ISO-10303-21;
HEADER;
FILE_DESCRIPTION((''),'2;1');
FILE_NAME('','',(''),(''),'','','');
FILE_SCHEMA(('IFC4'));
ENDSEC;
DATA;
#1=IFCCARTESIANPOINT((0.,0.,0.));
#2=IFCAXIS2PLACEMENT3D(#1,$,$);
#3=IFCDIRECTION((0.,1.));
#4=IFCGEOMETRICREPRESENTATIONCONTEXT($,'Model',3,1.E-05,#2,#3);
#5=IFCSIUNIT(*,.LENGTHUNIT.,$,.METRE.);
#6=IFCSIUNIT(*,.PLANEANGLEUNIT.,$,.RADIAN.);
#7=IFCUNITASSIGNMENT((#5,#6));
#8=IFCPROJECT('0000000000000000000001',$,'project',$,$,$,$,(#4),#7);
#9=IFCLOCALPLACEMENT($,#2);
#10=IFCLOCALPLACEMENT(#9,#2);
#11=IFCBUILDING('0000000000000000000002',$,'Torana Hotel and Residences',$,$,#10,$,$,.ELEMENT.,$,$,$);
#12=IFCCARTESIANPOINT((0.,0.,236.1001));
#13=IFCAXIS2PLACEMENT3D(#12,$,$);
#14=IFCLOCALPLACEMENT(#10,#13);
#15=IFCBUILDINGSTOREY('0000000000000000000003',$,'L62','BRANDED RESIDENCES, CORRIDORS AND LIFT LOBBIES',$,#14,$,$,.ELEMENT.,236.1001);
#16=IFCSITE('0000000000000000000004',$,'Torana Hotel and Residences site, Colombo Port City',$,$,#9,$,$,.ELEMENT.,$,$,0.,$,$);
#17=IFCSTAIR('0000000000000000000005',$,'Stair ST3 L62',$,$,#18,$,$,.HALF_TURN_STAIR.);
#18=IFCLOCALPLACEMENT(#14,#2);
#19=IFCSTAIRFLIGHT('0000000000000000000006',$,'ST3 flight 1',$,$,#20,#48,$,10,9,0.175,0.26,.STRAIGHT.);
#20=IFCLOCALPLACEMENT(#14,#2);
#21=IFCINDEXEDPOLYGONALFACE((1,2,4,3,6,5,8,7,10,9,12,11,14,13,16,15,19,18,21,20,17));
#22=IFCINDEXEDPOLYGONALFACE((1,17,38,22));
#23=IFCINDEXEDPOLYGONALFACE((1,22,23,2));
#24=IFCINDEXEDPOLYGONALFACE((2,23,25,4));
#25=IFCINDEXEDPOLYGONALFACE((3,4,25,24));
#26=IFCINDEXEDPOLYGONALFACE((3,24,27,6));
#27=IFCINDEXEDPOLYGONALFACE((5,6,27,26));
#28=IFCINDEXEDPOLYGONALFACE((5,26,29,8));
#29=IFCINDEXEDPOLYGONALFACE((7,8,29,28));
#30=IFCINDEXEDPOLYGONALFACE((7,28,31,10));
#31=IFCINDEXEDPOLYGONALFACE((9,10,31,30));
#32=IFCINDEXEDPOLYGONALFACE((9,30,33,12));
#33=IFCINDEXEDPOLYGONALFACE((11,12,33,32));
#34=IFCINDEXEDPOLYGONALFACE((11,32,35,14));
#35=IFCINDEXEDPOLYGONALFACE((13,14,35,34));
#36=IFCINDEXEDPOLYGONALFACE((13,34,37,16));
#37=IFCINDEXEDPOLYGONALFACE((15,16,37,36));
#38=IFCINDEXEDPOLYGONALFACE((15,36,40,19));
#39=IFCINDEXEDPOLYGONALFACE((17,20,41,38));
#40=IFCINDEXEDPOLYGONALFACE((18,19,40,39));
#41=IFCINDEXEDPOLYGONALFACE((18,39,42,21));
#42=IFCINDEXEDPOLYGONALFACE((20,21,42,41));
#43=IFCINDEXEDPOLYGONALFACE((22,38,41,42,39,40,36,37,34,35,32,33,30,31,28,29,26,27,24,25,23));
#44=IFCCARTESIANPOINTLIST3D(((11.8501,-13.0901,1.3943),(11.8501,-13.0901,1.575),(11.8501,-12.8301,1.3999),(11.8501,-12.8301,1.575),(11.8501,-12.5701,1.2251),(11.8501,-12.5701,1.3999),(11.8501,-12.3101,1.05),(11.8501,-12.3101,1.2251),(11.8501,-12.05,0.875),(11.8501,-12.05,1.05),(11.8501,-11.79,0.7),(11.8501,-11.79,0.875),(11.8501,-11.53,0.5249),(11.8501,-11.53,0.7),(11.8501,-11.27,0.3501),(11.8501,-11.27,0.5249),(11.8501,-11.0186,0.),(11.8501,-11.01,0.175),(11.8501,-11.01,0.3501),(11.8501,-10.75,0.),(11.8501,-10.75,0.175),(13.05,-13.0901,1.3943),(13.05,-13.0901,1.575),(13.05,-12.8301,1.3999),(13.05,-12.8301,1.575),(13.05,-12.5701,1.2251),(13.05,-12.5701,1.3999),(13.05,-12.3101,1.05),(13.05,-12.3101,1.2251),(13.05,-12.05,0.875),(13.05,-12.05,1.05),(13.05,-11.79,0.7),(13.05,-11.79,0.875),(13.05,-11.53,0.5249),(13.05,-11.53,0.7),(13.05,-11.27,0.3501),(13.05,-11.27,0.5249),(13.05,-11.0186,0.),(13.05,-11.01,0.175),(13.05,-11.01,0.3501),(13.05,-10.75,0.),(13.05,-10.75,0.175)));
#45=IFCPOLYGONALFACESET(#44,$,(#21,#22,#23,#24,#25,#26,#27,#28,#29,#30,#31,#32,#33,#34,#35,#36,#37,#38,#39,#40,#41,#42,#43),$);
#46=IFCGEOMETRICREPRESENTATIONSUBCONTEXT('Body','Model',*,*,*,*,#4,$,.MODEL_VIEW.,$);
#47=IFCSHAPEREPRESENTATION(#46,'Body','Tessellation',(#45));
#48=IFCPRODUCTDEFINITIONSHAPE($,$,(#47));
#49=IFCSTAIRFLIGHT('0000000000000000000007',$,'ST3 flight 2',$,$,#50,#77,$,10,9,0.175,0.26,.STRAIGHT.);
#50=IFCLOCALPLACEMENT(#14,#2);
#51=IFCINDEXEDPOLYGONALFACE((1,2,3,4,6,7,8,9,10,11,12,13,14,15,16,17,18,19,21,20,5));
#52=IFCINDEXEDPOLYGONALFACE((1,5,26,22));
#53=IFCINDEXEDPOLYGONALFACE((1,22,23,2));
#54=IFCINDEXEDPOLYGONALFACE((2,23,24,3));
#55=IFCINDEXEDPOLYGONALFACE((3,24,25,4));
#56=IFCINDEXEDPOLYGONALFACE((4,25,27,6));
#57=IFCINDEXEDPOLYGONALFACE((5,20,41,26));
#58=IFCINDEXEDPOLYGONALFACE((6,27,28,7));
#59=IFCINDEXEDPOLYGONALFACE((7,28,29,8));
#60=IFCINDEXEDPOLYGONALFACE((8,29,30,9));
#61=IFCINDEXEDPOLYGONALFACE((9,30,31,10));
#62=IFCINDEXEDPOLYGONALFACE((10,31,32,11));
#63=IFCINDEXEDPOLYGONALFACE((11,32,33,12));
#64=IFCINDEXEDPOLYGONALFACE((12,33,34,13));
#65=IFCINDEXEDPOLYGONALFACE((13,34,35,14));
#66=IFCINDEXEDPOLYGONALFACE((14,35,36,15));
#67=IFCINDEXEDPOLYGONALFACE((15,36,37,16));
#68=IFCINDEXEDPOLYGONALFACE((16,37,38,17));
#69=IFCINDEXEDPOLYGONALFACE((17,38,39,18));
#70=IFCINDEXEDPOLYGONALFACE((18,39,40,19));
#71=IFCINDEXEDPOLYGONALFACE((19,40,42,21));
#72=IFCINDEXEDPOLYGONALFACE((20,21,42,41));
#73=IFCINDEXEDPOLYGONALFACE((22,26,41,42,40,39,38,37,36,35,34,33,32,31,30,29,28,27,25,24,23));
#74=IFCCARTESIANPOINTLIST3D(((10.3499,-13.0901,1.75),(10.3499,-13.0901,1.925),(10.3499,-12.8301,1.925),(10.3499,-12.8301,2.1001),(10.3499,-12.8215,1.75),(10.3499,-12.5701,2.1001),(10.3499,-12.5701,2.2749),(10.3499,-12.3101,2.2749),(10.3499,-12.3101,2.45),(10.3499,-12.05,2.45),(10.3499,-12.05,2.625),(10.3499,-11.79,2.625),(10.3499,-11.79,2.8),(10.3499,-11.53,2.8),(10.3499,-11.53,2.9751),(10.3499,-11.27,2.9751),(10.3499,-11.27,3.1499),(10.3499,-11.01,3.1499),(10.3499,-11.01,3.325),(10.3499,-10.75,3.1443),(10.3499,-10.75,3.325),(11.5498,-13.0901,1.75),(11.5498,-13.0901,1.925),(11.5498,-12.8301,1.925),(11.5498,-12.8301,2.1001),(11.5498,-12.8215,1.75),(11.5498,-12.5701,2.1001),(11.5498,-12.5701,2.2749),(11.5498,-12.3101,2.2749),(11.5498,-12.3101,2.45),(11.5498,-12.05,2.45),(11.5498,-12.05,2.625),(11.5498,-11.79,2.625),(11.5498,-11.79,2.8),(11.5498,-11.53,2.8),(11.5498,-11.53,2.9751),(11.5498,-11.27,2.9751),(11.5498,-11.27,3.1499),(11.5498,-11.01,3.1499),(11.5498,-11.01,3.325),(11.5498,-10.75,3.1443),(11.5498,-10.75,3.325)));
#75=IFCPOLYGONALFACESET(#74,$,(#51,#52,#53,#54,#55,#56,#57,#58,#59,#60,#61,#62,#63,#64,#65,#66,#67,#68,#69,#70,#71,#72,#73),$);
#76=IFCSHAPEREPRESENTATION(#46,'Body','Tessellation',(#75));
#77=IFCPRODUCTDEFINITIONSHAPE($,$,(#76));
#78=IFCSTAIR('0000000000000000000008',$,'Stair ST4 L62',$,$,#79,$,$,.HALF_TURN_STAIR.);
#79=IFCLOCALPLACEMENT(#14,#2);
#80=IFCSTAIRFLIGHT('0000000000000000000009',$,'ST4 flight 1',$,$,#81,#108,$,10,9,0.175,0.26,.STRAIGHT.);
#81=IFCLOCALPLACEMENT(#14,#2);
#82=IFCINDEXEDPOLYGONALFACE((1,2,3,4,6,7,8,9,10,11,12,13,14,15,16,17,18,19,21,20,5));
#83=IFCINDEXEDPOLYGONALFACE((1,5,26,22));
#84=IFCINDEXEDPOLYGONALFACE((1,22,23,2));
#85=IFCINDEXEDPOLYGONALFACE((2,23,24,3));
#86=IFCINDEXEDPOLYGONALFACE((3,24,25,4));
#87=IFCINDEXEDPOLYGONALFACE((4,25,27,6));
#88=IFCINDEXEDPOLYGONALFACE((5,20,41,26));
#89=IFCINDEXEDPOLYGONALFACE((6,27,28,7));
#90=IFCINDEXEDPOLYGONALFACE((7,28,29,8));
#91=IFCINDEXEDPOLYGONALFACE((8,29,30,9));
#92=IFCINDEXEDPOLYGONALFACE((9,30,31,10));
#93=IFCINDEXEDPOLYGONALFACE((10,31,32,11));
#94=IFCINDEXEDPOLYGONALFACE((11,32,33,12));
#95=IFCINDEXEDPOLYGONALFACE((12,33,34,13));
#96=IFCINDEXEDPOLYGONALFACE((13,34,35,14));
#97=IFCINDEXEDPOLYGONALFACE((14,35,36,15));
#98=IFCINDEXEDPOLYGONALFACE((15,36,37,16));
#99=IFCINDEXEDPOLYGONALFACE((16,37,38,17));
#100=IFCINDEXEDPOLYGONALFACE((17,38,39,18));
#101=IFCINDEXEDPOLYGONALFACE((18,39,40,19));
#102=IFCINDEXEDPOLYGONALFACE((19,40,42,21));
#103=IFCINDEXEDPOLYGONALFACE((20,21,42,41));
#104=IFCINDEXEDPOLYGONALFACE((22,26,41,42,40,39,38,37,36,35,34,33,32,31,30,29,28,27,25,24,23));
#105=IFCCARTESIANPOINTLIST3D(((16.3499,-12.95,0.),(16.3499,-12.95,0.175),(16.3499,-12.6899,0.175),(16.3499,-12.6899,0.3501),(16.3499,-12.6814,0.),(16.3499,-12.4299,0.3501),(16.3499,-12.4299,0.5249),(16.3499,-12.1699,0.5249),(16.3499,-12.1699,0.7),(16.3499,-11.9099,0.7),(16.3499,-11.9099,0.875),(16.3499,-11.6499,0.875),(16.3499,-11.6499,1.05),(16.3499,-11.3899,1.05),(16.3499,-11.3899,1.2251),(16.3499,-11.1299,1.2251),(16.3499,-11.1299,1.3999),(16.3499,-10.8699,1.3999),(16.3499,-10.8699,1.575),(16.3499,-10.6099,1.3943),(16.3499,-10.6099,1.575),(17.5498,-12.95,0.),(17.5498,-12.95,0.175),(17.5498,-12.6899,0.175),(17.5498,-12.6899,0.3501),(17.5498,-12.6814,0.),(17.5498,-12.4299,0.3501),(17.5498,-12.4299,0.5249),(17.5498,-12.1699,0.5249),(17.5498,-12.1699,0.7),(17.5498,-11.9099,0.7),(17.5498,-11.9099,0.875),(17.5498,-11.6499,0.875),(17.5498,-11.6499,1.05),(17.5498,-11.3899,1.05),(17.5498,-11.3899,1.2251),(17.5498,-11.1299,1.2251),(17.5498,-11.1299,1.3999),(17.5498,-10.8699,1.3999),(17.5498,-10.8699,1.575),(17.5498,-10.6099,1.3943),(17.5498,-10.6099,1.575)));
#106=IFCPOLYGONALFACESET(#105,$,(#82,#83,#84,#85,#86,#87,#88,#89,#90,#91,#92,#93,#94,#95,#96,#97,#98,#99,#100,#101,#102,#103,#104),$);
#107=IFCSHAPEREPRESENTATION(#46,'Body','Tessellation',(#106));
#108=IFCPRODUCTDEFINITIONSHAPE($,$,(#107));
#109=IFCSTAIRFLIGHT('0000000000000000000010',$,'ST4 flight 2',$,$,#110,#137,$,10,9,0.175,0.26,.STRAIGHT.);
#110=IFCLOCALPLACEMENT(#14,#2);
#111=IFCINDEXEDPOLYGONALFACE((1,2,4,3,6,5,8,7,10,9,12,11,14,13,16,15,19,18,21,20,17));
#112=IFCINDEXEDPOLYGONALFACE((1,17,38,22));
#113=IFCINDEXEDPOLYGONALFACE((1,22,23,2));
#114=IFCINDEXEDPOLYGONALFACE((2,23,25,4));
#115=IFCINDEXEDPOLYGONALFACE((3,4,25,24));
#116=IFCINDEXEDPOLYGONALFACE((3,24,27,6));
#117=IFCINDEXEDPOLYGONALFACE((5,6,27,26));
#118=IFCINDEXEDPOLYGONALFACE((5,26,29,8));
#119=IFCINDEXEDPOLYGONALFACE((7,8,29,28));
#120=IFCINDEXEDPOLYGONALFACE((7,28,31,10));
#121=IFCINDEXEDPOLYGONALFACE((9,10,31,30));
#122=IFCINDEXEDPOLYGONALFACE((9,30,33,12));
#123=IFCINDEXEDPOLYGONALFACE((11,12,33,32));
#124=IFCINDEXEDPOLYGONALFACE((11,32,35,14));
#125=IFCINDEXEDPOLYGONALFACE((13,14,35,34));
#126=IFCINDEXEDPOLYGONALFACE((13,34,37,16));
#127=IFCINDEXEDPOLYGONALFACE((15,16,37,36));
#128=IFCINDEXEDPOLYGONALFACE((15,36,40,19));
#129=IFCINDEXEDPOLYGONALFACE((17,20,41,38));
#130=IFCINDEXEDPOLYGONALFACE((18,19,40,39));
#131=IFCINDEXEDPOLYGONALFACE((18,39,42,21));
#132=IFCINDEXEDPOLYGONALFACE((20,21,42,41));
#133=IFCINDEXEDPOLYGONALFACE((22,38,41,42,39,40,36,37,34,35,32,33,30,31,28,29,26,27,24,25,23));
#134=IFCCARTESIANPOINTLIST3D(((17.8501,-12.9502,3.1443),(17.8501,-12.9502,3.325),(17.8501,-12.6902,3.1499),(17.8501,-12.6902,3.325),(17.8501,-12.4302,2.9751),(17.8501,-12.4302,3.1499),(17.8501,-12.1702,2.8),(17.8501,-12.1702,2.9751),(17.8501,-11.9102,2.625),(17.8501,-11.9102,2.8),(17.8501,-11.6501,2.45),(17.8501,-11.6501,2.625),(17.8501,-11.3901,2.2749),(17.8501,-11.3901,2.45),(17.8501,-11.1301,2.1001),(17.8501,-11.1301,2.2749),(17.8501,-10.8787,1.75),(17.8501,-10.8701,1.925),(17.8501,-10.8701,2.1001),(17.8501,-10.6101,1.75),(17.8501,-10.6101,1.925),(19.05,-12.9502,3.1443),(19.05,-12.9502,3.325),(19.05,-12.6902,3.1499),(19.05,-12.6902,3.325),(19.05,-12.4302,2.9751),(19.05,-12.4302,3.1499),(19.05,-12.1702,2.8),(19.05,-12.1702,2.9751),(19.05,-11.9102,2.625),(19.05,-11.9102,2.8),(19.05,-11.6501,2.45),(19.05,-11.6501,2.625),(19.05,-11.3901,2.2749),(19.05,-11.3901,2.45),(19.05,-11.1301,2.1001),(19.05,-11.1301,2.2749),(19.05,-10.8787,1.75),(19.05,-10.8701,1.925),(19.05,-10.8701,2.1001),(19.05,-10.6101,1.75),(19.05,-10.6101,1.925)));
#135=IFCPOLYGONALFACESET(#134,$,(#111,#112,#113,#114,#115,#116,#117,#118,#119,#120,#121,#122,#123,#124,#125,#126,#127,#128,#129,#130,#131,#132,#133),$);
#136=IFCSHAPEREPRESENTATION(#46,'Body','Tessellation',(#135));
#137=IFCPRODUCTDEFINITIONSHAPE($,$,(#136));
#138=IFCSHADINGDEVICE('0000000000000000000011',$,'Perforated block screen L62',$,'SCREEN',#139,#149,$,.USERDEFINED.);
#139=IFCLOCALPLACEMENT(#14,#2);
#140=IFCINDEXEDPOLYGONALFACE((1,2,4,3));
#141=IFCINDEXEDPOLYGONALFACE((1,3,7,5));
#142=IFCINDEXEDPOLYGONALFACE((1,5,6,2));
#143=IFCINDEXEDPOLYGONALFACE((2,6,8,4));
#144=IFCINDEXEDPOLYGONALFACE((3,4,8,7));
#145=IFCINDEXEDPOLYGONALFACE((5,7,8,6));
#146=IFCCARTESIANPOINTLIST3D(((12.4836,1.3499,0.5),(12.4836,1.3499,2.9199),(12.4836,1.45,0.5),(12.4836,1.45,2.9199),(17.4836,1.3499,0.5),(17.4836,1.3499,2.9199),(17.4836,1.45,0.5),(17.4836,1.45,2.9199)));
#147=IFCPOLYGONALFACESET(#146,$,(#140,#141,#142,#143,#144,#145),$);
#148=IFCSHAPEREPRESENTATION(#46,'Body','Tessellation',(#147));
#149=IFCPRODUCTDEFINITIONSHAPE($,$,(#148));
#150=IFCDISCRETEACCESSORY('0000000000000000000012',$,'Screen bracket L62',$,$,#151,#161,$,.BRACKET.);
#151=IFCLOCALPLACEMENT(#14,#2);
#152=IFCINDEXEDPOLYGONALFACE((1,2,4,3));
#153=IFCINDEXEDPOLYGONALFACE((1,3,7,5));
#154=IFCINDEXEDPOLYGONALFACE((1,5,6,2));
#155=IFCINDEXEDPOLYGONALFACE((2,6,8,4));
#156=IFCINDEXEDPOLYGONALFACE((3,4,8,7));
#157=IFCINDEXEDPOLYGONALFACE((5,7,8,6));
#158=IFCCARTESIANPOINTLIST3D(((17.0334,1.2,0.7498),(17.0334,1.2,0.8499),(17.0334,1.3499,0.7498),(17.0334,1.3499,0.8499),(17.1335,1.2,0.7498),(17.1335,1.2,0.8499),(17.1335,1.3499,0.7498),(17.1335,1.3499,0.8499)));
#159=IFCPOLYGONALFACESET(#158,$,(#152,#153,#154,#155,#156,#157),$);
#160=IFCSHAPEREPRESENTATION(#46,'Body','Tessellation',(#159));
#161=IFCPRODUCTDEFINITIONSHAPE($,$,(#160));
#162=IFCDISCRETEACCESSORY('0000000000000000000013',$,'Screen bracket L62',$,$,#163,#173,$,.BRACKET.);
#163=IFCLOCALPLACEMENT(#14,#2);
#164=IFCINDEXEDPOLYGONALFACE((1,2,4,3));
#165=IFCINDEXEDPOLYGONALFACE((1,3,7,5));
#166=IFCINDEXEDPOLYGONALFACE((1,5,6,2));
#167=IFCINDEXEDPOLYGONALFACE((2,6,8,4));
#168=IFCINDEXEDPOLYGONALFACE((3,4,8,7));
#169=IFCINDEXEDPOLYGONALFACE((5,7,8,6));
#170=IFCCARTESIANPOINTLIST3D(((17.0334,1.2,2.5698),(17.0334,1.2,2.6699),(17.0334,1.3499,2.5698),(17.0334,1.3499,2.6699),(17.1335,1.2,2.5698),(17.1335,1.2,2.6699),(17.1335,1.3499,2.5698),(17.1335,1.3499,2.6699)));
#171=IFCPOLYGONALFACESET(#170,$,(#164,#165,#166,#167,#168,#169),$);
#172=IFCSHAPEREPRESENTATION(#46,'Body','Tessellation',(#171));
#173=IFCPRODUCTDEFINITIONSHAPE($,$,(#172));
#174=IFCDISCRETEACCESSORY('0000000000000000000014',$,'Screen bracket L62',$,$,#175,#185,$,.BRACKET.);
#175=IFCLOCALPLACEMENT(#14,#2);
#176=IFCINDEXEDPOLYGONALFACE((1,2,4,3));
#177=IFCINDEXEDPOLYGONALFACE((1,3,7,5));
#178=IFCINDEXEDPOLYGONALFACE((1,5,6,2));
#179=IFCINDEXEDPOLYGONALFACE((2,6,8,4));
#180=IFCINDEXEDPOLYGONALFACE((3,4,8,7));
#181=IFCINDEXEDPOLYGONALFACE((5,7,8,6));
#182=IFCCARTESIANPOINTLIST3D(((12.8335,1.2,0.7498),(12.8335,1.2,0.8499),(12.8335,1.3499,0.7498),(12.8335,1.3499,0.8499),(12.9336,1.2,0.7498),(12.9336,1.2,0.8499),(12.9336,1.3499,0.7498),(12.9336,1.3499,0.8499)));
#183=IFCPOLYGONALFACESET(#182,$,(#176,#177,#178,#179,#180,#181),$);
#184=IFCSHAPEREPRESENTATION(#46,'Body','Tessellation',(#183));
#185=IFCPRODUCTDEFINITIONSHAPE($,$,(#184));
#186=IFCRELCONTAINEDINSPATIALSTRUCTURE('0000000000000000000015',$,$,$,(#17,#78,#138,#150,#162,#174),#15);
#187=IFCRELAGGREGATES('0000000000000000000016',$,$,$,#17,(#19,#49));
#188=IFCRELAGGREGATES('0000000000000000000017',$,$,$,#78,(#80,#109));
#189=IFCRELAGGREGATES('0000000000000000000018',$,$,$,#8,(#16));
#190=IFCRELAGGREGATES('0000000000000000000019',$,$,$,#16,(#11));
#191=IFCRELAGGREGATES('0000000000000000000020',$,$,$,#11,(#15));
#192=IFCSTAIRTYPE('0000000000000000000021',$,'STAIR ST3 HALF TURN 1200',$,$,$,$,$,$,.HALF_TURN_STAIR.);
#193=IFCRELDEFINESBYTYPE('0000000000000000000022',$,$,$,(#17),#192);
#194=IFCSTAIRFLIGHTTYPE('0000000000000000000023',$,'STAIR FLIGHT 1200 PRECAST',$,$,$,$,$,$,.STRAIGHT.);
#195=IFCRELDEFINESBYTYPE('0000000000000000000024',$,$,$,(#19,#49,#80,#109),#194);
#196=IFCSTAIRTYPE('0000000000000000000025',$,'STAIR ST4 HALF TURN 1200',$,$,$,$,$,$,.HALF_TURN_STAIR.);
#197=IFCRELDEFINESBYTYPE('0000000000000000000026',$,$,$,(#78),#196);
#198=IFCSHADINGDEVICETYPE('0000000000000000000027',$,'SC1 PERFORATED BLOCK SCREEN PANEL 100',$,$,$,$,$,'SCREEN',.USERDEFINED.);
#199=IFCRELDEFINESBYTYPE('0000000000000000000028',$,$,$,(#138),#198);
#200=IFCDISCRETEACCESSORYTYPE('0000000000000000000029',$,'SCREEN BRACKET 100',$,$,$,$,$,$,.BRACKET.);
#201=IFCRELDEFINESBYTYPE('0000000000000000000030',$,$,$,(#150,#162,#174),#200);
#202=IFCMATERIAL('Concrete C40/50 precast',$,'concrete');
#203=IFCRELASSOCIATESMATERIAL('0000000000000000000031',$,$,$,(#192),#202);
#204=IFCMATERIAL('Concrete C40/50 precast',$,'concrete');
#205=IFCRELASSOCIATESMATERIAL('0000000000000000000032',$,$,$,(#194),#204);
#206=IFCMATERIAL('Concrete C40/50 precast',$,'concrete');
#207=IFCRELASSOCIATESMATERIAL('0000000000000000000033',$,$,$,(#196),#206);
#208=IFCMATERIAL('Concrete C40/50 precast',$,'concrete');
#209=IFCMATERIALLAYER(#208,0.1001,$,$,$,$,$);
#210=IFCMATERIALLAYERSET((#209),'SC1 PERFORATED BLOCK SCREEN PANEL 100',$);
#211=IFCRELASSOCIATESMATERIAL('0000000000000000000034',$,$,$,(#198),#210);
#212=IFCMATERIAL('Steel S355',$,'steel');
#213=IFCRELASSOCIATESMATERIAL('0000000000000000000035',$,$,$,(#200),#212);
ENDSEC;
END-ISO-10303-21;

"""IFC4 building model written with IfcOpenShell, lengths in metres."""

from ifc_helpers import new_model, si_unit, direction, frame, origin, origin_2d, place, context, subcontext, project, spatial, polyline, rectangle, outline, extrude, material, layer, layer_set, type_object, element, aggregate, save


model = new_model("IFC4")

# Units and contexts
model_context = context("Model", 3, precision=1e-05, world=origin(), true_north=direction((0.0, 1.0)))
body_context = subcontext(model_context, "Body", "Model", "MODEL_VIEW")
ifc_project = project(units=[si_unit("LENGTHUNIT", "METRE"), si_unit("PLANEANGLEUNIT", "RADIAN")], contexts=[model_context])

# Site, building, storey
site_placement = place(None, origin())
site = spatial("IfcSite", under=ifc_project, at=site_placement, Name="Torana Hotel and Residences site, Colombo Port City", CompositionType="ELEMENT", RefElevation=0.0)
building_placement = place(site_placement, origin())
building = spatial("IfcBuilding", under=site, at=building_placement, Name="Torana Hotel and Residences", CompositionType="ELEMENT")
storey_placement = place(building_placement, frame((0.0, 0.0, 236.1001)))
storey = spatial("IfcBuildingStorey", under=building, at=storey_placement, Name="L62", Description="BRANDED RESIDENCES, CORRIDORS AND LIFT LOBBIES", CompositionType="ELEMENT", Elevation=236.1001)

# Stairs, stair flights
ifc_material_1 = material(Name="Concrete C40/50 precast", Category="concrete")
stair_type_1 = type_object("IfcStairType", Name="STAIR ST3 HALF TURN 1200", PredefinedType="HALF_TURN_STAIR", material=ifc_material_1)
stair_1_placement = place(storey_placement, origin())
stair_1 = element("IfcStair", 1, at=stair_1_placement, inside=storey, type_object=stair_type_1, Name="Stair ST3 L62", PredefinedType="HALF_TURN_STAIR")
ifc_material_2 = material(Name="Concrete C40/50 precast", Category="concrete")
stair_flight_type = type_object("IfcStairFlightType", Name="STAIR FLIGHT 1200 PRECAST", PredefinedType="STRAIGHT", material=ifc_material_2)
stair_flight_1_placement = place(storey_placement, frame((12.45, -10.75, 0.0), z_axis=(0.0, 0.0, 1.0), x_axis=(0.0, -1.0, 0.0)))
stair_flight_1 = element("IfcStairFlight", 2, at=stair_flight_1_placement, type_object=stair_flight_type, Name="ST3 flight 1", NumberOfRisers=10, NumberOfTreads=9, PredefinedType="STRAIGHT", RiserHeight=0.175, TreadLength=0.26, context=body_context, shape_type="SweptSolid", body=[
    extrude(outline(polyline([(0.0, 0.0), (0.0, 0.175), (0.26, 0.175), (0.26, 0.3501), (0.52, 0.3501), (0.52, 0.5249), (0.78, 0.5249), (0.78, 0.7), (1.04, 0.7), (1.04, 0.875), (1.3, 0.875), (1.3, 1.05), (1.5601, 1.05), (1.5601, 1.2251), (1.8201, 1.2251), (1.8201, 1.3999), (2.0801, 1.3999), (2.0801, 1.575), (2.3401, 1.575), (2.3401, 1.75), (2.3401, 1.3943), (0.2686, 0.0), (0.0, 0.0)])), frame((0.0, 0.6001, 0.0), z_axis=(0.0, -1.0, 0.0), x_axis=(1.0, 0.0, 0.0)), (0.0, 0.0, 1.0), 1.2),
])
stair_flight_2_placement = place(storey_placement, frame((10.95, -13.0901, 1.75), z_axis=(0.0, 0.0, 1.0), x_axis=(0.0, 1.0, 0.0)))
stair_flight_2 = element("IfcStairFlight", 3, at=stair_flight_2_placement, type_object=stair_flight_type, Name="ST3 flight 2", NumberOfRisers=10, NumberOfTreads=9, PredefinedType="STRAIGHT", RiserHeight=0.175, TreadLength=0.26, context=body_context, shape_type="SweptSolid", body=[
    extrude(outline(polyline([(0.0, 0.0), (0.0, 0.175), (0.26, 0.175), (0.26, 0.3501), (0.52, 0.3501), (0.52, 0.5249), (0.78, 0.5249), (0.78, 0.7), (1.04, 0.7), (1.04, 0.875), (1.3, 0.875), (1.3, 1.05), (1.5601, 1.05), (1.5601, 1.2251), (1.8201, 1.2251), (1.8201, 1.3999), (2.0801, 1.3999), (2.0801, 1.575), (2.3401, 1.575), (2.3401, 1.75), (2.3401, 1.3943), (0.2686, 0.0), (0.0, 0.0)])), frame((0.0, 0.6001, 0.0), z_axis=(0.0, -1.0, 0.0), x_axis=(1.0, 0.0, 0.0)), (0.0, 0.0, 1.0), 1.2),
])
aggregate(stair_1, [stair_flight_1, stair_flight_2])
ifc_material_3 = material(Name="Concrete C40/50 precast", Category="concrete")
stair_type_2 = type_object("IfcStairType", Name="STAIR ST4 HALF TURN 1200", PredefinedType="HALF_TURN_STAIR", material=ifc_material_3)
stair_2_placement = place(storey_placement, origin())
stair_2 = element("IfcStair", 4, at=stair_2_placement, inside=storey, type_object=stair_type_2, Name="Stair ST4 L62", PredefinedType="HALF_TURN_STAIR")
stair_flight_3_placement = place(storey_placement, frame((16.95, -12.95, 0.0), z_axis=(0.0, 0.0, 1.0), x_axis=(0.0, 1.0, 0.0)))
stair_flight_3 = element("IfcStairFlight", 5, at=stair_flight_3_placement, type_object=stair_flight_type, Name="ST4 flight 1", NumberOfRisers=10, NumberOfTreads=9, PredefinedType="STRAIGHT", RiserHeight=0.175, TreadLength=0.26, context=body_context, shape_type="SweptSolid", body=[
    extrude(outline(polyline([(0.0, 0.0), (0.0, 0.175), (0.26, 0.175), (0.26, 0.3501), (0.52, 0.3501), (0.52, 0.5249), (0.78, 0.5249), (0.78, 0.7), (1.04, 0.7), (1.04, 0.875), (1.3, 0.875), (1.3, 1.05), (1.5601, 1.05), (1.5601, 1.2251), (1.8201, 1.2251), (1.8201, 1.3999), (2.0801, 1.3999), (2.0801, 1.575), (2.3401, 1.575), (2.3401, 1.75), (2.3401, 1.3943), (0.2686, 0.0), (0.0, 0.0)])), frame((0.0, 0.6001, 0.0), z_axis=(0.0, -1.0, 0.0), x_axis=(1.0, 0.0, 0.0)), (0.0, 0.0, 1.0), 1.2),
])
stair_flight_4_placement = place(storey_placement, frame((18.45, -10.6101, 1.75), z_axis=(0.0, 0.0, 1.0), x_axis=(0.0, -1.0, 0.0)))
stair_flight_4 = element("IfcStairFlight", 6, at=stair_flight_4_placement, type_object=stair_flight_type, Name="ST4 flight 2", NumberOfRisers=10, NumberOfTreads=9, PredefinedType="STRAIGHT", RiserHeight=0.175, TreadLength=0.26, context=body_context, shape_type="SweptSolid", body=[
    extrude(outline(polyline([(0.0, 0.0), (0.0, 0.175), (0.26, 0.175), (0.26, 0.3501), (0.52, 0.3501), (0.52, 0.5249), (0.78, 0.5249), (0.78, 0.7), (1.04, 0.7), (1.04, 0.875), (1.3, 0.875), (1.3, 1.05), (1.5601, 1.05), (1.5601, 1.2251), (1.8201, 1.2251), (1.8201, 1.3999), (2.0801, 1.3999), (2.0801, 1.575), (2.3401, 1.575), (2.3401, 1.75), (2.3401, 1.3943), (0.2686, 0.0), (0.0, 0.0)])), frame((0.0, 0.6001, 0.0), z_axis=(0.0, -1.0, 0.0), x_axis=(1.0, 0.0, 0.0)), (0.0, 0.0, 1.0), 1.2),
])
aggregate(stair_2, [stair_flight_3, stair_flight_4])

# Shading device
ifc_material_4 = material(Name="Concrete C40/50 precast", Category="concrete")
ifc_layer_1 = layer(ifc_material_4, 0.1001)
ifc_layer_set_1 = layer_set([ifc_layer_1], Name="SC1 PERFORATED BLOCK SCREEN PANEL 100")
shading_device_type = type_object("IfcShadingDeviceType", Name="SC1 PERFORATED BLOCK SCREEN PANEL 100", ElementType="SCREEN", PredefinedType="USERDEFINED", material=ifc_layer_set_1)
shading_device_placement = place(storey_placement, frame((14.9836, 1.3999, 0.5), z_axis=(0.0, 0.0, 1.0), x_axis=(-1.0, 0.0, 0.0)))
element("IfcShadingDevice", 7, at=shading_device_placement, inside=storey, type_object=shading_device_type, Name="Perforated block screen L62", ObjectType="SCREEN", PredefinedType="USERDEFINED", context=body_context, shape_type="SweptSolid", body=[
    extrude(rectangle(XDim=5.0, YDim=0.1001, at=origin_2d()), origin(), (0.0, 0.0, 1.0), 2.4199),
])

# Discrete accessories
ifc_material_5 = material(Name="Steel S355", Category="steel")
discrete_accessory_type = type_object("IfcDiscreteAccessoryType", Name="SCREEN BRACKET 100", PredefinedType="BRACKET", material=ifc_material_5)
for number, where, z_axis, x_axis, name in (
    (8, (17.0835, 1.2749, 0.7498), (0.0, 0.0, 1.0), (-1.0, 0.0, 0.0), "Screen bracket L62"),
    (9, (17.0835, 1.2749, 2.5698), (0.0, 0.0, 1.0), (-1.0, 0.0, 0.0), "Screen bracket L62"),
    (10, (12.8835, 1.2749, 0.7498), (0.0, 0.0, 1.0), (-1.0, 0.0, 0.0), "Screen bracket L62"),
):
    element("IfcDiscreteAccessory", number, at=place(storey_placement, frame(where, z_axis=z_axis, x_axis=x_axis)), inside=storey, type_object=discrete_accessory_type, Name=name, PredefinedType="BRACKET", context=body_context, shape_type="SweptSolid", body=[
        extrude(rectangle(XDim=0.1001, YDim=0.1499, at=origin_2d()), origin(), (0.0, 0.0, 1.0), 0.1001),
    ])

save(model, "model.ifc")
